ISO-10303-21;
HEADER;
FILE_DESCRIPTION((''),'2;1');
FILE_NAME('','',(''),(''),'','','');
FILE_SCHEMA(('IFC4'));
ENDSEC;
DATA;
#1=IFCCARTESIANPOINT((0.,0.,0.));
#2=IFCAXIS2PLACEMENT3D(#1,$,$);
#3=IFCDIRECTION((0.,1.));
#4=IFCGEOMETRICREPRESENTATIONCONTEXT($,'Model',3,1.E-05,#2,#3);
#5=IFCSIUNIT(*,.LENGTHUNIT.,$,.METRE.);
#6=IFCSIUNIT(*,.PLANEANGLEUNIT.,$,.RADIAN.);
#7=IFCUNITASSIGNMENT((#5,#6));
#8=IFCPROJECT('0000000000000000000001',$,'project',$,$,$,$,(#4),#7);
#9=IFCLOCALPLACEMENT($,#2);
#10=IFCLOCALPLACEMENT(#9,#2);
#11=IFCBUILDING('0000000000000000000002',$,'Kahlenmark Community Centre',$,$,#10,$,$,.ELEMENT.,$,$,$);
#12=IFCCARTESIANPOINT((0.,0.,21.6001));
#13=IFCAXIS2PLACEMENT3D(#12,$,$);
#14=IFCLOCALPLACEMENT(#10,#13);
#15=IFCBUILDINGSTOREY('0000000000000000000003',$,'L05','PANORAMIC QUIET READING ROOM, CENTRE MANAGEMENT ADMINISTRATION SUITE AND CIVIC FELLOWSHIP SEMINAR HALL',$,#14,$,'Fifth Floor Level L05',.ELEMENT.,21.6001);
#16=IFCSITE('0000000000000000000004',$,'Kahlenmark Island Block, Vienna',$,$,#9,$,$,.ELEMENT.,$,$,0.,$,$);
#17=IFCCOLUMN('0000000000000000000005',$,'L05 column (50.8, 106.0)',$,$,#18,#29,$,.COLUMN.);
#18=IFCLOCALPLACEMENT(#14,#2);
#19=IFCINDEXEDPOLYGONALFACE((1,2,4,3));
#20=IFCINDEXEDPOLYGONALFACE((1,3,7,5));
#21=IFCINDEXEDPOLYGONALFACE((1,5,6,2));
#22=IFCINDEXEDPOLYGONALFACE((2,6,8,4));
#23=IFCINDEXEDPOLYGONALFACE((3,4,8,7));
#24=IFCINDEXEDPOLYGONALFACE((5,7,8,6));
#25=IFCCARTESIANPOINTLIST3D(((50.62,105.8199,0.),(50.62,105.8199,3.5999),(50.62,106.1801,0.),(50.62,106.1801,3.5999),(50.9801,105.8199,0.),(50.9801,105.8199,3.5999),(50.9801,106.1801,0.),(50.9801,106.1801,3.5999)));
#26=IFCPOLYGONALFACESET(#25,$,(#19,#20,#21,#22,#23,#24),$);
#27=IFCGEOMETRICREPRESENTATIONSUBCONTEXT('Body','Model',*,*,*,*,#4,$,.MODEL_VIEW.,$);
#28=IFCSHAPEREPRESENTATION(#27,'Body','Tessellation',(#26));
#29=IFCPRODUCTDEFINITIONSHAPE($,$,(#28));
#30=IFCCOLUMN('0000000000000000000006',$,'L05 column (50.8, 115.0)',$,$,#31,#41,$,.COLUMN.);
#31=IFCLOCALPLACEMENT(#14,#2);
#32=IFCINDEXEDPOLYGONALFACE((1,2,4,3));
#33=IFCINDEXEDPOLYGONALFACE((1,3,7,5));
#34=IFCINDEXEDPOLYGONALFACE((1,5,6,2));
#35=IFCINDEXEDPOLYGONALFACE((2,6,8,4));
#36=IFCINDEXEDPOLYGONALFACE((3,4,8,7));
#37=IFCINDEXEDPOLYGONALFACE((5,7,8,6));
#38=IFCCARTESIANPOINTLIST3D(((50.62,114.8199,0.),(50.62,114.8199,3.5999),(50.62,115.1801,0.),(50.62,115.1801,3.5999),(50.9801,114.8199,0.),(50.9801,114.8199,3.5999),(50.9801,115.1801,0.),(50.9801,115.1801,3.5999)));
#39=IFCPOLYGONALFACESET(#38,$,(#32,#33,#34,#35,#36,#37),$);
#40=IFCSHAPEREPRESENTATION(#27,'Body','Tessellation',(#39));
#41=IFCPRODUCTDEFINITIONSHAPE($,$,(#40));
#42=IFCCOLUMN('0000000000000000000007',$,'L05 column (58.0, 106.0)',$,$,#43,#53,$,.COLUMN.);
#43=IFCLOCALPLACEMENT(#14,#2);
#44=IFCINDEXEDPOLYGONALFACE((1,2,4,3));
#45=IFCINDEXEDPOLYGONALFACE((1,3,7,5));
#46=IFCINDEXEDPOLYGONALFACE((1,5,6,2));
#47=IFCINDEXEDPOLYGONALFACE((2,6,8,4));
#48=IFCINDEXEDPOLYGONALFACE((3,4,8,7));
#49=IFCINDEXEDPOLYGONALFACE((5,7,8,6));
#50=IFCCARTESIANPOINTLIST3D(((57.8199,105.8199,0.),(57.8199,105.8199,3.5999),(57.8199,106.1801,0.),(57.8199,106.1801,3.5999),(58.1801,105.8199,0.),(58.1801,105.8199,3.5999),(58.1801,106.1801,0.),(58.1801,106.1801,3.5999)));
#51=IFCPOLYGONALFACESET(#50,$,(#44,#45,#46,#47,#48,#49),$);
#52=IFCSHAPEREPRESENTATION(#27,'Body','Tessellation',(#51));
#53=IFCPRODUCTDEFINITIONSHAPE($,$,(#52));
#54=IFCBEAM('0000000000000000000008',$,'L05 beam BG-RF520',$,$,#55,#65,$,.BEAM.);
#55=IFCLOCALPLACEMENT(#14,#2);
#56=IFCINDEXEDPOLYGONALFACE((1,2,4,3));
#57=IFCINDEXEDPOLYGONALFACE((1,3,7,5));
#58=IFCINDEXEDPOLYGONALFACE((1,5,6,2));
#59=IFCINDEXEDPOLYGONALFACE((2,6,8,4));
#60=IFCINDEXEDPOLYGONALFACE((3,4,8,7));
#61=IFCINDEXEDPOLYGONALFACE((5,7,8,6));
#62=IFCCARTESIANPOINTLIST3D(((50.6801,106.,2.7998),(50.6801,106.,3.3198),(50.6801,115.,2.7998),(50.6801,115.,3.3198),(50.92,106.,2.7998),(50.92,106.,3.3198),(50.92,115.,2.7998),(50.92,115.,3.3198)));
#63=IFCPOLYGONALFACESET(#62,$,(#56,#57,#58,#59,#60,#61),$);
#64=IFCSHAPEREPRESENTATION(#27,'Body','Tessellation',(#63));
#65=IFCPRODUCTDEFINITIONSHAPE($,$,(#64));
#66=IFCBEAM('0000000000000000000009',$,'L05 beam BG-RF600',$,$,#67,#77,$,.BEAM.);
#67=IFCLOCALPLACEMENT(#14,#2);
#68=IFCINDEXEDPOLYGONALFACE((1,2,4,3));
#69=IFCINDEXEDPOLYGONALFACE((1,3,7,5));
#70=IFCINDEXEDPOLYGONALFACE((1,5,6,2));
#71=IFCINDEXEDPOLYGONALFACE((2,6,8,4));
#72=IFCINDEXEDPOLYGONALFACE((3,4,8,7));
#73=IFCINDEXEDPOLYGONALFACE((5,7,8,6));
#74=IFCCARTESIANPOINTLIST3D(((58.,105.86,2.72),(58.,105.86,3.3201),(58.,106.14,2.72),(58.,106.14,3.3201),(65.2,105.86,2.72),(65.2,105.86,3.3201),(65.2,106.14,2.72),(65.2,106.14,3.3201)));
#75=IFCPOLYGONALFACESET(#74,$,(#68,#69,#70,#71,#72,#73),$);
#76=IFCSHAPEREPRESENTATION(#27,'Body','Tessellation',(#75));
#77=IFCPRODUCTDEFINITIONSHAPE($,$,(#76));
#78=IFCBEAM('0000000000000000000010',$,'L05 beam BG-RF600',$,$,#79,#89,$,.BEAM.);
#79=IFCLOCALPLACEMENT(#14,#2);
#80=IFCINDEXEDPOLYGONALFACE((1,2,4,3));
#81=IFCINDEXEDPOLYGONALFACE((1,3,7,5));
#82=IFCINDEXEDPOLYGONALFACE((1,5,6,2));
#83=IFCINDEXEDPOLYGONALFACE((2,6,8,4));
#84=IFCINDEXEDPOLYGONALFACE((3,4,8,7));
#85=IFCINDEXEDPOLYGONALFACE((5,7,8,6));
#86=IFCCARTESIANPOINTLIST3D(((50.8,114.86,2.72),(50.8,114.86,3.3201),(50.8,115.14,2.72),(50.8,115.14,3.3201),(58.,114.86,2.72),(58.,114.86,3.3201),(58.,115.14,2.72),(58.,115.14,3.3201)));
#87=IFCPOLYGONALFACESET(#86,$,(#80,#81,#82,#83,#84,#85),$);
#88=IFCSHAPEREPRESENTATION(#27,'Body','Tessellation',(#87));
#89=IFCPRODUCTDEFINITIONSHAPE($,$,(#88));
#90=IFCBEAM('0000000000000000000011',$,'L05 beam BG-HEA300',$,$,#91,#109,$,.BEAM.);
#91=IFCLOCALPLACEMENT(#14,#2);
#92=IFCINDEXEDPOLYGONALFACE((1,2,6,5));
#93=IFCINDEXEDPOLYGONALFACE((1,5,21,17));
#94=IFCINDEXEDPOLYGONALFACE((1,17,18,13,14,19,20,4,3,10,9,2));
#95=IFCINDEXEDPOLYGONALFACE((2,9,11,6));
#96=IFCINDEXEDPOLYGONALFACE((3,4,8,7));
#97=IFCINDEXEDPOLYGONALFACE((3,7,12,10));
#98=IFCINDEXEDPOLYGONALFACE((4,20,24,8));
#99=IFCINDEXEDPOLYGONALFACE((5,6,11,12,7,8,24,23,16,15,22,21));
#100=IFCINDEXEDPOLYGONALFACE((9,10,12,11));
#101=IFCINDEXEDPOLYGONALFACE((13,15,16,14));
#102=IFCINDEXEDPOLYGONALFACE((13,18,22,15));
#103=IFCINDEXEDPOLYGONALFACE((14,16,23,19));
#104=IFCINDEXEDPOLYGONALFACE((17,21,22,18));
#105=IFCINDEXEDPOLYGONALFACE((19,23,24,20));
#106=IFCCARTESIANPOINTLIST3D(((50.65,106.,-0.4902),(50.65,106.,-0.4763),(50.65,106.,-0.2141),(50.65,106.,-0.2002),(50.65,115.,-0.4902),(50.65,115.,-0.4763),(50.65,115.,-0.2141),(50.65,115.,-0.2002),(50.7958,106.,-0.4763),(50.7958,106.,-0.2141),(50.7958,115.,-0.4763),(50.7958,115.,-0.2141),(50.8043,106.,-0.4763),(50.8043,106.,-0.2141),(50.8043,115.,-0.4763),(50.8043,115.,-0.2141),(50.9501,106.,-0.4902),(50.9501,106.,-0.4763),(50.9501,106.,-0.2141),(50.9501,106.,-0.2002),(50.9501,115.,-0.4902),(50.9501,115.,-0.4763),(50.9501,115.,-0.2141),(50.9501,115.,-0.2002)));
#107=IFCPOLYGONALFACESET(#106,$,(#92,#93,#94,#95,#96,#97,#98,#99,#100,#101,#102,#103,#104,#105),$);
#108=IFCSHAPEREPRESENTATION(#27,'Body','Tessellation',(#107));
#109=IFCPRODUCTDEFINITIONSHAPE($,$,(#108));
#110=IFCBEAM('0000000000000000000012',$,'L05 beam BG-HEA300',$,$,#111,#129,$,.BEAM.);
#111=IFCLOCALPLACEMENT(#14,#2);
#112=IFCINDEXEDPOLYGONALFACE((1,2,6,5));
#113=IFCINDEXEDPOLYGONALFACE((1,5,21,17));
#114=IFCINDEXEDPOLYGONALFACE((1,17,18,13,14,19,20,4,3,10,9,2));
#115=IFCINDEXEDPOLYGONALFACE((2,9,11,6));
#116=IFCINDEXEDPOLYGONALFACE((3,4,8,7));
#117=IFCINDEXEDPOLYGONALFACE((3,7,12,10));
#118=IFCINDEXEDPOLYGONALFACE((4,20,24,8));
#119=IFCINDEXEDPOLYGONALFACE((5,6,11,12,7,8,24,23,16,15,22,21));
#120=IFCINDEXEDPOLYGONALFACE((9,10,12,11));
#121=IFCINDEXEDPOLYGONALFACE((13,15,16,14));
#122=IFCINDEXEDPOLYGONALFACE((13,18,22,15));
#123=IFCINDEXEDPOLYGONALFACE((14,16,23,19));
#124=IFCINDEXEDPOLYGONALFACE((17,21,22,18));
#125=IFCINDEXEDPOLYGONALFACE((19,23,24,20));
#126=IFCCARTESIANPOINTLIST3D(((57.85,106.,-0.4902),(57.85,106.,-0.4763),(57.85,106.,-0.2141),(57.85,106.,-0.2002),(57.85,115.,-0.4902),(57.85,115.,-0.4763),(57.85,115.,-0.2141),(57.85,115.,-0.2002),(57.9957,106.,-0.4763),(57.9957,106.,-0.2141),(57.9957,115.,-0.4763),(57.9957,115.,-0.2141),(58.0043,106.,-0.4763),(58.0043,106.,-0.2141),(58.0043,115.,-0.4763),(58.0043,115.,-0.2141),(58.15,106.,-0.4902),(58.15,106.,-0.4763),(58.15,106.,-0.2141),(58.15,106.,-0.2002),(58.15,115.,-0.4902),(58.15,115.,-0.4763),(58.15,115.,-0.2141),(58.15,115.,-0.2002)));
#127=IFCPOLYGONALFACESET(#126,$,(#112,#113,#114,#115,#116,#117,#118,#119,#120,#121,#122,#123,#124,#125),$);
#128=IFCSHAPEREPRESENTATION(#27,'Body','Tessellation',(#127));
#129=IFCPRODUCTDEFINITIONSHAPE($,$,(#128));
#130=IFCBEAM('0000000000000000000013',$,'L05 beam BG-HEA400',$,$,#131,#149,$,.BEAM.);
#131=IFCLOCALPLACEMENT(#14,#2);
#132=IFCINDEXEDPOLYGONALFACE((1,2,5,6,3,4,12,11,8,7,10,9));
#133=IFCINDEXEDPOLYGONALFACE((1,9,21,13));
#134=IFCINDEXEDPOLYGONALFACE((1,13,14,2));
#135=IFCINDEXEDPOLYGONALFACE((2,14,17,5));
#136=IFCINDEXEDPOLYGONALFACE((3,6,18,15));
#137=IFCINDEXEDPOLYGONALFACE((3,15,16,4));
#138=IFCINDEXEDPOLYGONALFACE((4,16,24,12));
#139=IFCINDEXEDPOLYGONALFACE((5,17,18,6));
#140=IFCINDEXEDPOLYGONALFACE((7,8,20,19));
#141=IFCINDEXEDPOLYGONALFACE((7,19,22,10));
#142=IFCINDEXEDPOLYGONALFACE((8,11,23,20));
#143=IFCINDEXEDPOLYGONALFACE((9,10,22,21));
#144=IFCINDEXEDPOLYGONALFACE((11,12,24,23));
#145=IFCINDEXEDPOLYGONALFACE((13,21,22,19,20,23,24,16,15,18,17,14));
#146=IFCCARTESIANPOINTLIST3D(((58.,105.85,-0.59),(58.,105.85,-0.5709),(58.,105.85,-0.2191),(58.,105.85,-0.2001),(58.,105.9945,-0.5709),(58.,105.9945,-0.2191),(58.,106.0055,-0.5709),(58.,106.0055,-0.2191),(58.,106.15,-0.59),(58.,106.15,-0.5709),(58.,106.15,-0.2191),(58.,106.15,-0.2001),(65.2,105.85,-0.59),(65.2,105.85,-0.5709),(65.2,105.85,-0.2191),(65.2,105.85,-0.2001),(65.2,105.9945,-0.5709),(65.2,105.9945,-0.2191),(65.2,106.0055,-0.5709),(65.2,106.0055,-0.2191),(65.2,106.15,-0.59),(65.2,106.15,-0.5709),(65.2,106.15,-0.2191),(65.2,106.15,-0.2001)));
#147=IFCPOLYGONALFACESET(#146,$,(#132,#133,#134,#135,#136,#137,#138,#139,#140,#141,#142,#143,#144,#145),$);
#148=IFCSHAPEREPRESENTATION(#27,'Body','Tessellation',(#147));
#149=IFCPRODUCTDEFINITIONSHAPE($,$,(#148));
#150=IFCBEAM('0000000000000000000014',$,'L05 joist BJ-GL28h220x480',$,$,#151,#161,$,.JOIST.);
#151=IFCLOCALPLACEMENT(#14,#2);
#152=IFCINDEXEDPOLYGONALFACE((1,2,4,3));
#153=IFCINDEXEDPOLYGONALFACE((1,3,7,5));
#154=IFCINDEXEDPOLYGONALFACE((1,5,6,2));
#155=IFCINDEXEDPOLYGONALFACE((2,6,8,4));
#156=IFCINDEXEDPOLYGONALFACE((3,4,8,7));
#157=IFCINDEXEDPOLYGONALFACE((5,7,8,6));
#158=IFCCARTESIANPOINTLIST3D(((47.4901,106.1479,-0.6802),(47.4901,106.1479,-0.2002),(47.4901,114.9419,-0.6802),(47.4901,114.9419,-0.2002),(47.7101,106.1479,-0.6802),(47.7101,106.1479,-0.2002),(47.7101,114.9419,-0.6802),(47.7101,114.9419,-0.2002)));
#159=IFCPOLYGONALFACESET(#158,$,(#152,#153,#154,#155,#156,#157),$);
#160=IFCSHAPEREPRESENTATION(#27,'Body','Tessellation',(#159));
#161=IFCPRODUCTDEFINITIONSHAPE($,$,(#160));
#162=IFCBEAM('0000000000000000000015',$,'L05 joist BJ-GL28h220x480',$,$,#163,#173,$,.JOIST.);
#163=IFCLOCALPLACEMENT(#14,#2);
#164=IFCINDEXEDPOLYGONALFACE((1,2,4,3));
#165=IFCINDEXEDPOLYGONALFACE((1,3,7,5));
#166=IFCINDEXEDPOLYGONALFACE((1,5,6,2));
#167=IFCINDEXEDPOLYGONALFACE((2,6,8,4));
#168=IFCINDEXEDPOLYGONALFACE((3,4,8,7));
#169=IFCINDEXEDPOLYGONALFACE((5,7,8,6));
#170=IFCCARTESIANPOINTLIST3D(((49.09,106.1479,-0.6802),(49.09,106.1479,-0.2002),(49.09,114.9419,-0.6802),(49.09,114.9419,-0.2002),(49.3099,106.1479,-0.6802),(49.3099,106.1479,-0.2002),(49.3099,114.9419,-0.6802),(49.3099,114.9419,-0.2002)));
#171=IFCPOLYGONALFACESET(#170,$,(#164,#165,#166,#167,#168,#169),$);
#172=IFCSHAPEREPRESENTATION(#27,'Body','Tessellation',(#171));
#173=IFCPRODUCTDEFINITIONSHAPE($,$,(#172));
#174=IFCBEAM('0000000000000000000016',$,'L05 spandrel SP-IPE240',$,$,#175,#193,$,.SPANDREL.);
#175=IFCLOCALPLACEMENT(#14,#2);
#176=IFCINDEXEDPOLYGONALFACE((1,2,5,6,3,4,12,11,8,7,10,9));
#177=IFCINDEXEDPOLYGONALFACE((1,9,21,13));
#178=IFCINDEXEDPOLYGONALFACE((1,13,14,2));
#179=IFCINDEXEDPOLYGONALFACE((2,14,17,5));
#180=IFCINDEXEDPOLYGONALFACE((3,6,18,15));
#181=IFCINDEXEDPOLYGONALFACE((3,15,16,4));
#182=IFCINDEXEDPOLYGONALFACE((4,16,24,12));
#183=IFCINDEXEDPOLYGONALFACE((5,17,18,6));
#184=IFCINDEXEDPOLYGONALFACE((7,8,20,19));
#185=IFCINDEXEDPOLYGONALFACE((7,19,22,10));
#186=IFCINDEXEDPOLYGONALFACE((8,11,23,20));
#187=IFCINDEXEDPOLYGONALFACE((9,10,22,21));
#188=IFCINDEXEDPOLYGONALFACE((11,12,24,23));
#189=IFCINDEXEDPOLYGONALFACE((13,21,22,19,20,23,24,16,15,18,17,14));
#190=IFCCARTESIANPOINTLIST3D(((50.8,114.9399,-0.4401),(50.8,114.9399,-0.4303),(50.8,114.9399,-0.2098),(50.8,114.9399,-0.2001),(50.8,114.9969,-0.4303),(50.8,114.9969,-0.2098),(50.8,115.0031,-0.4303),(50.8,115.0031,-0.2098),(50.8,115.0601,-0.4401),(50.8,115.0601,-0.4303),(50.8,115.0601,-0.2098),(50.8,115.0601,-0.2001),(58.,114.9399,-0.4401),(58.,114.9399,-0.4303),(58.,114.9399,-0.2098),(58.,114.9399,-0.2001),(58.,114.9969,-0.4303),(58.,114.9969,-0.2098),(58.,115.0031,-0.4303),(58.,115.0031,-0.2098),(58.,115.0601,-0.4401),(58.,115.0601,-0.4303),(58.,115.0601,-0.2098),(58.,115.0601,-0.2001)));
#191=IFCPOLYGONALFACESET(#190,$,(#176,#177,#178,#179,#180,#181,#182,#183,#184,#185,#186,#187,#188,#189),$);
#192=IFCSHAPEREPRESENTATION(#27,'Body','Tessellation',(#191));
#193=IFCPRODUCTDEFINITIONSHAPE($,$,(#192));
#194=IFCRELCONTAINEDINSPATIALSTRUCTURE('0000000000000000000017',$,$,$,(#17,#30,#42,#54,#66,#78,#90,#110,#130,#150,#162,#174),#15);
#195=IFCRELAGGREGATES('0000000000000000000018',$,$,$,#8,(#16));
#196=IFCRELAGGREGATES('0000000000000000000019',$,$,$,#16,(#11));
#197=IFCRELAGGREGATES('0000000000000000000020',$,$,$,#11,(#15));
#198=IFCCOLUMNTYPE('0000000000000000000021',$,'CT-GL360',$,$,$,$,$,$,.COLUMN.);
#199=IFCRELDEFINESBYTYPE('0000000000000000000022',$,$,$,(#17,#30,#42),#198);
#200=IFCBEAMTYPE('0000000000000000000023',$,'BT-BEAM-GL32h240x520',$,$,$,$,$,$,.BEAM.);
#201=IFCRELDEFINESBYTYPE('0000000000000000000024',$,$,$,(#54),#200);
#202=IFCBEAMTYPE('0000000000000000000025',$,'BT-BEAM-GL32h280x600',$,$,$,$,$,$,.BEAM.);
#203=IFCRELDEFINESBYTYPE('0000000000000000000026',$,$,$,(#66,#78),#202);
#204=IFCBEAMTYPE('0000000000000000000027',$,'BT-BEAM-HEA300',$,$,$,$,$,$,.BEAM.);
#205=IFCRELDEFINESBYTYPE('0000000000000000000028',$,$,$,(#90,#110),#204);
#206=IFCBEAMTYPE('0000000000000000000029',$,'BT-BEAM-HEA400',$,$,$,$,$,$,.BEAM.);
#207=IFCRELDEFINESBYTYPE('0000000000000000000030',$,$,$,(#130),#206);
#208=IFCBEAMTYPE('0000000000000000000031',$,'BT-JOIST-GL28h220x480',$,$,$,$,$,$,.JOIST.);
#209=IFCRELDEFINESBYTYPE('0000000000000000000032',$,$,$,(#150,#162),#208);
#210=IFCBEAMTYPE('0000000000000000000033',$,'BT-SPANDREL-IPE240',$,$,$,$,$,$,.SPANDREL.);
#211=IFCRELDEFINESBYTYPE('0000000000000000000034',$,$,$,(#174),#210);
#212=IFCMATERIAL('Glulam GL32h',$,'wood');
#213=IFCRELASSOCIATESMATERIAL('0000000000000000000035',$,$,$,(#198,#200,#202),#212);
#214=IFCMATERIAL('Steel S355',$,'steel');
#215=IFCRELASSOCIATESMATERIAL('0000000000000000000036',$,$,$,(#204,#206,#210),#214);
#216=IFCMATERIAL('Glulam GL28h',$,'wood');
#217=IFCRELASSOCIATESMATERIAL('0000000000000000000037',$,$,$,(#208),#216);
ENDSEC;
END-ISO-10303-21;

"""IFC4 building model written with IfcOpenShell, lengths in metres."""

from ifc_helpers import new_model, si_unit, direction, frame, origin, origin_2d, place, context, subcontext, project, spatial, rectangle, i_section, extrude, material, material_profile, profile_set, type_object, element, save


model = new_model("IFC4")

# Units and contexts
model_context = context("Model", 3, precision=1e-05, world=origin(), true_north=direction((0.0, 1.0)))
body_context = subcontext(model_context, "Body", "Model", "MODEL_VIEW")
ifc_project = project(units=[si_unit("LENGTHUNIT", "METRE"), si_unit("PLANEANGLEUNIT", "RADIAN")], contexts=[model_context])

# Site, building, storey
site_placement = place(None, origin())
site = spatial("IfcSite", under=ifc_project, at=site_placement, Name="Kahlenmark Island Block, Vienna", CompositionType="ELEMENT", RefElevation=0.0)
building_placement = place(site_placement, origin())
building = spatial("IfcBuilding", under=site, at=building_placement, Name="Kahlenmark Community Centre", CompositionType="ELEMENT")
storey_placement = place(building_placement, frame((0.0, 0.0, 21.6001)))
storey = spatial("IfcBuildingStorey", under=building, at=storey_placement, Name="L05", Description="PANORAMIC QUIET READING ROOM, CENTRE MANAGEMENT ADMINISTRATION SUITE AND CIVIC FELLOWSHIP SEMINAR HALL", LongName="Fifth Floor Level L05", CompositionType="ELEMENT", Elevation=21.6001)

# Columns
ifc_material_1 = material(Name="Glulam GL32h", Category="wood")
ifc_material_profile_1 = material_profile(ifc_material_1, rectangle(XDim=0.3601, YDim=0.3601, at=origin_2d()), Name="GL32h 360x360")
ifc_profile_set_1 = profile_set([ifc_material_profile_1], Name="Glulam GL32h")
column_type = type_object("IfcColumnType", Name="CT-GL360", PredefinedType="COLUMN", material=ifc_profile_set_1)
for number, where, z_axis, x_axis, name in (
    (1, (50.8, 106.0, 0.0), (0.0, 0.0, 1.0), (1.0, 0.0, 0.0), "L05 column (50.8, 106.0)"),
    (2, (50.8, 115.0, 0.0), (0.0, 0.0, 1.0), (1.0, 0.0, 0.0), "L05 column (50.8, 115.0)"),
    (3, (58.0, 106.0, 0.0), (0.0, 0.0, 1.0), (1.0, 0.0, 0.0), "L05 column (58.0, 106.0)"),
):
    element("IfcColumn", number, at=place(storey_placement, frame(where, z_axis=z_axis, x_axis=x_axis)), inside=storey, type_object=column_type, Name=name, PredefinedType="COLUMN", context=body_context, shape_type="SweptSolid", body=[
        extrude(rectangle(XDim=0.3601, YDim=0.3601, at=origin_2d()), origin(), (0.0, 0.0, 1.0), 3.5999),
    ])

# Beams
ifc_material_profile_2 = material_profile(ifc_material_1, rectangle(XDim=0.24, YDim=0.52, at=origin_2d()), Name="GL32h 240x520")
ifc_profile_set_2 = profile_set([ifc_material_profile_2], Name="Glulam GL32h")
beam_type_1 = type_object("IfcBeamType", Name="BT-BEAM-GL32h240x520", PredefinedType="BEAM", material=ifc_profile_set_2)
beam_1_placement = place(storey_placement, frame((50.8, 106.0, 3.0598), z_axis=(0.0, 1.0, 0.0), x_axis=(-1.0, 0.0, 0.0)))
element("IfcBeam", 4, at=beam_1_placement, inside=storey, type_object=beam_type_1, Name="L05 beam BG-RF520", PredefinedType="BEAM", context=body_context, shape_type="SweptSolid", body=[
    extrude(rectangle(XDim=0.24, YDim=0.52, at=origin_2d()), origin(), (0.0, 0.0, 1.0), 9.0),
])
ifc_material_profile_3 = material_profile(ifc_material_1, rectangle(XDim=0.28, YDim=0.6001, at=origin_2d()), Name="GL32h 280x600")
ifc_profile_set_3 = profile_set([ifc_material_profile_3], Name="Glulam GL32h")
beam_type_2 = type_object("IfcBeamType", Name="BT-BEAM-GL32h280x600", PredefinedType="BEAM", material=ifc_profile_set_3)
for number, where, z_axis, x_axis, name in (
    (5, (58.0, 106.0, 3.02), (1.0, 0.0, 0.0), (0.0, 1.0, 0.0), "L05 beam BG-RF600"),
    (6, (50.8, 115.0, 3.02), (1.0, 0.0, 0.0), (0.0, 1.0, 0.0), "L05 beam BG-RF600"),
):
    element("IfcBeam", number, at=place(storey_placement, frame(where, z_axis=z_axis, x_axis=x_axis)), inside=storey, type_object=beam_type_2, Name=name, PredefinedType="BEAM", context=body_context, shape_type="SweptSolid", body=[
        extrude(rectangle(XDim=0.28, YDim=0.6001, at=origin_2d()), origin(), (0.0, 0.0, 1.0), 7.2),
    ])
ifc_material_2 = material(Name="Steel S355", Category="steel")
ifc_material_profile_4 = material_profile(ifc_material_2, i_section(OverallWidth=0.3, OverallDepth=0.29, WebThickness=0.0085, FlangeThickness=0.0139, at=origin_2d()), Name="HEA 300")
ifc_profile_set_4 = profile_set([ifc_material_profile_4], Name="Steel S355")
beam_type_3 = type_object("IfcBeamType", Name="BT-BEAM-HEA300", PredefinedType="BEAM", material=ifc_profile_set_4)
for number, where, z_axis, x_axis, name in (
    (7, (50.8, 106.0, -0.3452), (0.0, 1.0, 0.0), (-1.0, 0.0, 0.0), "L05 beam BG-HEA300"),
    (8, (58.0, 106.0, -0.3452), (0.0, 1.0, 0.0), (-1.0, 0.0, 0.0), "L05 beam BG-HEA300"),
):
    element("IfcBeam", number, at=place(storey_placement, frame(where, z_axis=z_axis, x_axis=x_axis)), inside=storey, type_object=beam_type_3, Name=name, PredefinedType="BEAM", context=body_context, shape_type="SweptSolid", body=[
        extrude(i_section(OverallWidth=0.3, OverallDepth=0.29, WebThickness=0.0085, FlangeThickness=0.0139, at=origin_2d()), origin(), (0.0, 0.0, 1.0), 9.0),
    ])
ifc_material_profile_5 = material_profile(ifc_material_2, i_section(OverallWidth=0.3, OverallDepth=0.3899, WebThickness=0.011, FlangeThickness=0.019, at=origin_2d()), Name="HEA 400")
ifc_profile_set_5 = profile_set([ifc_material_profile_5], Name="Steel S355")
beam_type_4 = type_object("IfcBeamType", Name="BT-BEAM-HEA400", PredefinedType="BEAM", material=ifc_profile_set_5)
beam_2_placement = place(storey_placement, frame((58.0, 106.0, -0.395), z_axis=(1.0, 0.0, 0.0), x_axis=(0.0, 1.0, 0.0)))
element("IfcBeam", 9, at=beam_2_placement, inside=storey, type_object=beam_type_4, Name="L05 beam BG-HEA400", PredefinedType="BEAM", context=body_context, shape_type="SweptSolid", body=[
    extrude(i_section(OverallWidth=0.3, OverallDepth=0.3899, WebThickness=0.011, FlangeThickness=0.019, at=origin_2d()), origin(), (0.0, 0.0, 1.0), 7.2),
])
ifc_material_3 = material(Name="Glulam GL28h", Category="wood")
ifc_material_profile_6 = material_profile(ifc_material_3, rectangle(XDim=0.22, YDim=0.48, at=origin_2d()), Name="GL28h 220x480")
ifc_profile_set_6 = profile_set([ifc_material_profile_6], Name="Glulam GL28h")
beam_type_5 = type_object("IfcBeamType", Name="BT-JOIST-GL28h220x480", PredefinedType="JOIST", material=ifc_profile_set_6)
for number, where, z_axis, x_axis, name in (
    (10, (47.6001, 106.1479, -0.4402), (0.0, 1.0, 0.0), (-1.0, 0.0, 0.0), "L05 joist BJ-GL28h220x480"),
    (11, (49.2, 106.1479, -0.4402), (0.0, 1.0, 0.0), (-1.0, 0.0, 0.0), "L05 joist BJ-GL28h220x480"),
):
    element("IfcBeam", number, at=place(storey_placement, frame(where, z_axis=z_axis, x_axis=x_axis)), inside=storey, type_object=beam_type_5, Name=name, PredefinedType="JOIST", context=body_context, shape_type="SweptSolid", body=[
        extrude(rectangle(XDim=0.22, YDim=0.48, at=origin_2d()), origin(), (0.0, 0.0, 1.0), 8.7939),
    ])
ifc_material_profile_7 = material_profile(ifc_material_2, i_section(OverallWidth=0.1201, OverallDepth=0.24, WebThickness=0.0061, FlangeThickness=0.0098, at=origin_2d()), Name="IPE 240")
ifc_profile_set_7 = profile_set([ifc_material_profile_7], Name="Steel S355")
beam_type_6 = type_object("IfcBeamType", Name="BT-SPANDREL-IPE240", PredefinedType="SPANDREL", material=ifc_profile_set_7)
beam_3_placement = place(storey_placement, frame((50.8, 115.0, -0.3201), z_axis=(1.0, 0.0, 0.0), x_axis=(0.0, 1.0, 0.0)))
element("IfcBeam", 12, at=beam_3_placement, inside=storey, type_object=beam_type_6, Name="L05 spandrel SP-IPE240", PredefinedType="SPANDREL", context=body_context, shape_type="SweptSolid", body=[
    extrude(i_section(OverallWidth=0.1201, OverallDepth=0.24, WebThickness=0.0061, FlangeThickness=0.0098, at=origin_2d()), origin(), (0.0, 0.0, 1.0), 7.2),
])

save(model, "model.ifc")
